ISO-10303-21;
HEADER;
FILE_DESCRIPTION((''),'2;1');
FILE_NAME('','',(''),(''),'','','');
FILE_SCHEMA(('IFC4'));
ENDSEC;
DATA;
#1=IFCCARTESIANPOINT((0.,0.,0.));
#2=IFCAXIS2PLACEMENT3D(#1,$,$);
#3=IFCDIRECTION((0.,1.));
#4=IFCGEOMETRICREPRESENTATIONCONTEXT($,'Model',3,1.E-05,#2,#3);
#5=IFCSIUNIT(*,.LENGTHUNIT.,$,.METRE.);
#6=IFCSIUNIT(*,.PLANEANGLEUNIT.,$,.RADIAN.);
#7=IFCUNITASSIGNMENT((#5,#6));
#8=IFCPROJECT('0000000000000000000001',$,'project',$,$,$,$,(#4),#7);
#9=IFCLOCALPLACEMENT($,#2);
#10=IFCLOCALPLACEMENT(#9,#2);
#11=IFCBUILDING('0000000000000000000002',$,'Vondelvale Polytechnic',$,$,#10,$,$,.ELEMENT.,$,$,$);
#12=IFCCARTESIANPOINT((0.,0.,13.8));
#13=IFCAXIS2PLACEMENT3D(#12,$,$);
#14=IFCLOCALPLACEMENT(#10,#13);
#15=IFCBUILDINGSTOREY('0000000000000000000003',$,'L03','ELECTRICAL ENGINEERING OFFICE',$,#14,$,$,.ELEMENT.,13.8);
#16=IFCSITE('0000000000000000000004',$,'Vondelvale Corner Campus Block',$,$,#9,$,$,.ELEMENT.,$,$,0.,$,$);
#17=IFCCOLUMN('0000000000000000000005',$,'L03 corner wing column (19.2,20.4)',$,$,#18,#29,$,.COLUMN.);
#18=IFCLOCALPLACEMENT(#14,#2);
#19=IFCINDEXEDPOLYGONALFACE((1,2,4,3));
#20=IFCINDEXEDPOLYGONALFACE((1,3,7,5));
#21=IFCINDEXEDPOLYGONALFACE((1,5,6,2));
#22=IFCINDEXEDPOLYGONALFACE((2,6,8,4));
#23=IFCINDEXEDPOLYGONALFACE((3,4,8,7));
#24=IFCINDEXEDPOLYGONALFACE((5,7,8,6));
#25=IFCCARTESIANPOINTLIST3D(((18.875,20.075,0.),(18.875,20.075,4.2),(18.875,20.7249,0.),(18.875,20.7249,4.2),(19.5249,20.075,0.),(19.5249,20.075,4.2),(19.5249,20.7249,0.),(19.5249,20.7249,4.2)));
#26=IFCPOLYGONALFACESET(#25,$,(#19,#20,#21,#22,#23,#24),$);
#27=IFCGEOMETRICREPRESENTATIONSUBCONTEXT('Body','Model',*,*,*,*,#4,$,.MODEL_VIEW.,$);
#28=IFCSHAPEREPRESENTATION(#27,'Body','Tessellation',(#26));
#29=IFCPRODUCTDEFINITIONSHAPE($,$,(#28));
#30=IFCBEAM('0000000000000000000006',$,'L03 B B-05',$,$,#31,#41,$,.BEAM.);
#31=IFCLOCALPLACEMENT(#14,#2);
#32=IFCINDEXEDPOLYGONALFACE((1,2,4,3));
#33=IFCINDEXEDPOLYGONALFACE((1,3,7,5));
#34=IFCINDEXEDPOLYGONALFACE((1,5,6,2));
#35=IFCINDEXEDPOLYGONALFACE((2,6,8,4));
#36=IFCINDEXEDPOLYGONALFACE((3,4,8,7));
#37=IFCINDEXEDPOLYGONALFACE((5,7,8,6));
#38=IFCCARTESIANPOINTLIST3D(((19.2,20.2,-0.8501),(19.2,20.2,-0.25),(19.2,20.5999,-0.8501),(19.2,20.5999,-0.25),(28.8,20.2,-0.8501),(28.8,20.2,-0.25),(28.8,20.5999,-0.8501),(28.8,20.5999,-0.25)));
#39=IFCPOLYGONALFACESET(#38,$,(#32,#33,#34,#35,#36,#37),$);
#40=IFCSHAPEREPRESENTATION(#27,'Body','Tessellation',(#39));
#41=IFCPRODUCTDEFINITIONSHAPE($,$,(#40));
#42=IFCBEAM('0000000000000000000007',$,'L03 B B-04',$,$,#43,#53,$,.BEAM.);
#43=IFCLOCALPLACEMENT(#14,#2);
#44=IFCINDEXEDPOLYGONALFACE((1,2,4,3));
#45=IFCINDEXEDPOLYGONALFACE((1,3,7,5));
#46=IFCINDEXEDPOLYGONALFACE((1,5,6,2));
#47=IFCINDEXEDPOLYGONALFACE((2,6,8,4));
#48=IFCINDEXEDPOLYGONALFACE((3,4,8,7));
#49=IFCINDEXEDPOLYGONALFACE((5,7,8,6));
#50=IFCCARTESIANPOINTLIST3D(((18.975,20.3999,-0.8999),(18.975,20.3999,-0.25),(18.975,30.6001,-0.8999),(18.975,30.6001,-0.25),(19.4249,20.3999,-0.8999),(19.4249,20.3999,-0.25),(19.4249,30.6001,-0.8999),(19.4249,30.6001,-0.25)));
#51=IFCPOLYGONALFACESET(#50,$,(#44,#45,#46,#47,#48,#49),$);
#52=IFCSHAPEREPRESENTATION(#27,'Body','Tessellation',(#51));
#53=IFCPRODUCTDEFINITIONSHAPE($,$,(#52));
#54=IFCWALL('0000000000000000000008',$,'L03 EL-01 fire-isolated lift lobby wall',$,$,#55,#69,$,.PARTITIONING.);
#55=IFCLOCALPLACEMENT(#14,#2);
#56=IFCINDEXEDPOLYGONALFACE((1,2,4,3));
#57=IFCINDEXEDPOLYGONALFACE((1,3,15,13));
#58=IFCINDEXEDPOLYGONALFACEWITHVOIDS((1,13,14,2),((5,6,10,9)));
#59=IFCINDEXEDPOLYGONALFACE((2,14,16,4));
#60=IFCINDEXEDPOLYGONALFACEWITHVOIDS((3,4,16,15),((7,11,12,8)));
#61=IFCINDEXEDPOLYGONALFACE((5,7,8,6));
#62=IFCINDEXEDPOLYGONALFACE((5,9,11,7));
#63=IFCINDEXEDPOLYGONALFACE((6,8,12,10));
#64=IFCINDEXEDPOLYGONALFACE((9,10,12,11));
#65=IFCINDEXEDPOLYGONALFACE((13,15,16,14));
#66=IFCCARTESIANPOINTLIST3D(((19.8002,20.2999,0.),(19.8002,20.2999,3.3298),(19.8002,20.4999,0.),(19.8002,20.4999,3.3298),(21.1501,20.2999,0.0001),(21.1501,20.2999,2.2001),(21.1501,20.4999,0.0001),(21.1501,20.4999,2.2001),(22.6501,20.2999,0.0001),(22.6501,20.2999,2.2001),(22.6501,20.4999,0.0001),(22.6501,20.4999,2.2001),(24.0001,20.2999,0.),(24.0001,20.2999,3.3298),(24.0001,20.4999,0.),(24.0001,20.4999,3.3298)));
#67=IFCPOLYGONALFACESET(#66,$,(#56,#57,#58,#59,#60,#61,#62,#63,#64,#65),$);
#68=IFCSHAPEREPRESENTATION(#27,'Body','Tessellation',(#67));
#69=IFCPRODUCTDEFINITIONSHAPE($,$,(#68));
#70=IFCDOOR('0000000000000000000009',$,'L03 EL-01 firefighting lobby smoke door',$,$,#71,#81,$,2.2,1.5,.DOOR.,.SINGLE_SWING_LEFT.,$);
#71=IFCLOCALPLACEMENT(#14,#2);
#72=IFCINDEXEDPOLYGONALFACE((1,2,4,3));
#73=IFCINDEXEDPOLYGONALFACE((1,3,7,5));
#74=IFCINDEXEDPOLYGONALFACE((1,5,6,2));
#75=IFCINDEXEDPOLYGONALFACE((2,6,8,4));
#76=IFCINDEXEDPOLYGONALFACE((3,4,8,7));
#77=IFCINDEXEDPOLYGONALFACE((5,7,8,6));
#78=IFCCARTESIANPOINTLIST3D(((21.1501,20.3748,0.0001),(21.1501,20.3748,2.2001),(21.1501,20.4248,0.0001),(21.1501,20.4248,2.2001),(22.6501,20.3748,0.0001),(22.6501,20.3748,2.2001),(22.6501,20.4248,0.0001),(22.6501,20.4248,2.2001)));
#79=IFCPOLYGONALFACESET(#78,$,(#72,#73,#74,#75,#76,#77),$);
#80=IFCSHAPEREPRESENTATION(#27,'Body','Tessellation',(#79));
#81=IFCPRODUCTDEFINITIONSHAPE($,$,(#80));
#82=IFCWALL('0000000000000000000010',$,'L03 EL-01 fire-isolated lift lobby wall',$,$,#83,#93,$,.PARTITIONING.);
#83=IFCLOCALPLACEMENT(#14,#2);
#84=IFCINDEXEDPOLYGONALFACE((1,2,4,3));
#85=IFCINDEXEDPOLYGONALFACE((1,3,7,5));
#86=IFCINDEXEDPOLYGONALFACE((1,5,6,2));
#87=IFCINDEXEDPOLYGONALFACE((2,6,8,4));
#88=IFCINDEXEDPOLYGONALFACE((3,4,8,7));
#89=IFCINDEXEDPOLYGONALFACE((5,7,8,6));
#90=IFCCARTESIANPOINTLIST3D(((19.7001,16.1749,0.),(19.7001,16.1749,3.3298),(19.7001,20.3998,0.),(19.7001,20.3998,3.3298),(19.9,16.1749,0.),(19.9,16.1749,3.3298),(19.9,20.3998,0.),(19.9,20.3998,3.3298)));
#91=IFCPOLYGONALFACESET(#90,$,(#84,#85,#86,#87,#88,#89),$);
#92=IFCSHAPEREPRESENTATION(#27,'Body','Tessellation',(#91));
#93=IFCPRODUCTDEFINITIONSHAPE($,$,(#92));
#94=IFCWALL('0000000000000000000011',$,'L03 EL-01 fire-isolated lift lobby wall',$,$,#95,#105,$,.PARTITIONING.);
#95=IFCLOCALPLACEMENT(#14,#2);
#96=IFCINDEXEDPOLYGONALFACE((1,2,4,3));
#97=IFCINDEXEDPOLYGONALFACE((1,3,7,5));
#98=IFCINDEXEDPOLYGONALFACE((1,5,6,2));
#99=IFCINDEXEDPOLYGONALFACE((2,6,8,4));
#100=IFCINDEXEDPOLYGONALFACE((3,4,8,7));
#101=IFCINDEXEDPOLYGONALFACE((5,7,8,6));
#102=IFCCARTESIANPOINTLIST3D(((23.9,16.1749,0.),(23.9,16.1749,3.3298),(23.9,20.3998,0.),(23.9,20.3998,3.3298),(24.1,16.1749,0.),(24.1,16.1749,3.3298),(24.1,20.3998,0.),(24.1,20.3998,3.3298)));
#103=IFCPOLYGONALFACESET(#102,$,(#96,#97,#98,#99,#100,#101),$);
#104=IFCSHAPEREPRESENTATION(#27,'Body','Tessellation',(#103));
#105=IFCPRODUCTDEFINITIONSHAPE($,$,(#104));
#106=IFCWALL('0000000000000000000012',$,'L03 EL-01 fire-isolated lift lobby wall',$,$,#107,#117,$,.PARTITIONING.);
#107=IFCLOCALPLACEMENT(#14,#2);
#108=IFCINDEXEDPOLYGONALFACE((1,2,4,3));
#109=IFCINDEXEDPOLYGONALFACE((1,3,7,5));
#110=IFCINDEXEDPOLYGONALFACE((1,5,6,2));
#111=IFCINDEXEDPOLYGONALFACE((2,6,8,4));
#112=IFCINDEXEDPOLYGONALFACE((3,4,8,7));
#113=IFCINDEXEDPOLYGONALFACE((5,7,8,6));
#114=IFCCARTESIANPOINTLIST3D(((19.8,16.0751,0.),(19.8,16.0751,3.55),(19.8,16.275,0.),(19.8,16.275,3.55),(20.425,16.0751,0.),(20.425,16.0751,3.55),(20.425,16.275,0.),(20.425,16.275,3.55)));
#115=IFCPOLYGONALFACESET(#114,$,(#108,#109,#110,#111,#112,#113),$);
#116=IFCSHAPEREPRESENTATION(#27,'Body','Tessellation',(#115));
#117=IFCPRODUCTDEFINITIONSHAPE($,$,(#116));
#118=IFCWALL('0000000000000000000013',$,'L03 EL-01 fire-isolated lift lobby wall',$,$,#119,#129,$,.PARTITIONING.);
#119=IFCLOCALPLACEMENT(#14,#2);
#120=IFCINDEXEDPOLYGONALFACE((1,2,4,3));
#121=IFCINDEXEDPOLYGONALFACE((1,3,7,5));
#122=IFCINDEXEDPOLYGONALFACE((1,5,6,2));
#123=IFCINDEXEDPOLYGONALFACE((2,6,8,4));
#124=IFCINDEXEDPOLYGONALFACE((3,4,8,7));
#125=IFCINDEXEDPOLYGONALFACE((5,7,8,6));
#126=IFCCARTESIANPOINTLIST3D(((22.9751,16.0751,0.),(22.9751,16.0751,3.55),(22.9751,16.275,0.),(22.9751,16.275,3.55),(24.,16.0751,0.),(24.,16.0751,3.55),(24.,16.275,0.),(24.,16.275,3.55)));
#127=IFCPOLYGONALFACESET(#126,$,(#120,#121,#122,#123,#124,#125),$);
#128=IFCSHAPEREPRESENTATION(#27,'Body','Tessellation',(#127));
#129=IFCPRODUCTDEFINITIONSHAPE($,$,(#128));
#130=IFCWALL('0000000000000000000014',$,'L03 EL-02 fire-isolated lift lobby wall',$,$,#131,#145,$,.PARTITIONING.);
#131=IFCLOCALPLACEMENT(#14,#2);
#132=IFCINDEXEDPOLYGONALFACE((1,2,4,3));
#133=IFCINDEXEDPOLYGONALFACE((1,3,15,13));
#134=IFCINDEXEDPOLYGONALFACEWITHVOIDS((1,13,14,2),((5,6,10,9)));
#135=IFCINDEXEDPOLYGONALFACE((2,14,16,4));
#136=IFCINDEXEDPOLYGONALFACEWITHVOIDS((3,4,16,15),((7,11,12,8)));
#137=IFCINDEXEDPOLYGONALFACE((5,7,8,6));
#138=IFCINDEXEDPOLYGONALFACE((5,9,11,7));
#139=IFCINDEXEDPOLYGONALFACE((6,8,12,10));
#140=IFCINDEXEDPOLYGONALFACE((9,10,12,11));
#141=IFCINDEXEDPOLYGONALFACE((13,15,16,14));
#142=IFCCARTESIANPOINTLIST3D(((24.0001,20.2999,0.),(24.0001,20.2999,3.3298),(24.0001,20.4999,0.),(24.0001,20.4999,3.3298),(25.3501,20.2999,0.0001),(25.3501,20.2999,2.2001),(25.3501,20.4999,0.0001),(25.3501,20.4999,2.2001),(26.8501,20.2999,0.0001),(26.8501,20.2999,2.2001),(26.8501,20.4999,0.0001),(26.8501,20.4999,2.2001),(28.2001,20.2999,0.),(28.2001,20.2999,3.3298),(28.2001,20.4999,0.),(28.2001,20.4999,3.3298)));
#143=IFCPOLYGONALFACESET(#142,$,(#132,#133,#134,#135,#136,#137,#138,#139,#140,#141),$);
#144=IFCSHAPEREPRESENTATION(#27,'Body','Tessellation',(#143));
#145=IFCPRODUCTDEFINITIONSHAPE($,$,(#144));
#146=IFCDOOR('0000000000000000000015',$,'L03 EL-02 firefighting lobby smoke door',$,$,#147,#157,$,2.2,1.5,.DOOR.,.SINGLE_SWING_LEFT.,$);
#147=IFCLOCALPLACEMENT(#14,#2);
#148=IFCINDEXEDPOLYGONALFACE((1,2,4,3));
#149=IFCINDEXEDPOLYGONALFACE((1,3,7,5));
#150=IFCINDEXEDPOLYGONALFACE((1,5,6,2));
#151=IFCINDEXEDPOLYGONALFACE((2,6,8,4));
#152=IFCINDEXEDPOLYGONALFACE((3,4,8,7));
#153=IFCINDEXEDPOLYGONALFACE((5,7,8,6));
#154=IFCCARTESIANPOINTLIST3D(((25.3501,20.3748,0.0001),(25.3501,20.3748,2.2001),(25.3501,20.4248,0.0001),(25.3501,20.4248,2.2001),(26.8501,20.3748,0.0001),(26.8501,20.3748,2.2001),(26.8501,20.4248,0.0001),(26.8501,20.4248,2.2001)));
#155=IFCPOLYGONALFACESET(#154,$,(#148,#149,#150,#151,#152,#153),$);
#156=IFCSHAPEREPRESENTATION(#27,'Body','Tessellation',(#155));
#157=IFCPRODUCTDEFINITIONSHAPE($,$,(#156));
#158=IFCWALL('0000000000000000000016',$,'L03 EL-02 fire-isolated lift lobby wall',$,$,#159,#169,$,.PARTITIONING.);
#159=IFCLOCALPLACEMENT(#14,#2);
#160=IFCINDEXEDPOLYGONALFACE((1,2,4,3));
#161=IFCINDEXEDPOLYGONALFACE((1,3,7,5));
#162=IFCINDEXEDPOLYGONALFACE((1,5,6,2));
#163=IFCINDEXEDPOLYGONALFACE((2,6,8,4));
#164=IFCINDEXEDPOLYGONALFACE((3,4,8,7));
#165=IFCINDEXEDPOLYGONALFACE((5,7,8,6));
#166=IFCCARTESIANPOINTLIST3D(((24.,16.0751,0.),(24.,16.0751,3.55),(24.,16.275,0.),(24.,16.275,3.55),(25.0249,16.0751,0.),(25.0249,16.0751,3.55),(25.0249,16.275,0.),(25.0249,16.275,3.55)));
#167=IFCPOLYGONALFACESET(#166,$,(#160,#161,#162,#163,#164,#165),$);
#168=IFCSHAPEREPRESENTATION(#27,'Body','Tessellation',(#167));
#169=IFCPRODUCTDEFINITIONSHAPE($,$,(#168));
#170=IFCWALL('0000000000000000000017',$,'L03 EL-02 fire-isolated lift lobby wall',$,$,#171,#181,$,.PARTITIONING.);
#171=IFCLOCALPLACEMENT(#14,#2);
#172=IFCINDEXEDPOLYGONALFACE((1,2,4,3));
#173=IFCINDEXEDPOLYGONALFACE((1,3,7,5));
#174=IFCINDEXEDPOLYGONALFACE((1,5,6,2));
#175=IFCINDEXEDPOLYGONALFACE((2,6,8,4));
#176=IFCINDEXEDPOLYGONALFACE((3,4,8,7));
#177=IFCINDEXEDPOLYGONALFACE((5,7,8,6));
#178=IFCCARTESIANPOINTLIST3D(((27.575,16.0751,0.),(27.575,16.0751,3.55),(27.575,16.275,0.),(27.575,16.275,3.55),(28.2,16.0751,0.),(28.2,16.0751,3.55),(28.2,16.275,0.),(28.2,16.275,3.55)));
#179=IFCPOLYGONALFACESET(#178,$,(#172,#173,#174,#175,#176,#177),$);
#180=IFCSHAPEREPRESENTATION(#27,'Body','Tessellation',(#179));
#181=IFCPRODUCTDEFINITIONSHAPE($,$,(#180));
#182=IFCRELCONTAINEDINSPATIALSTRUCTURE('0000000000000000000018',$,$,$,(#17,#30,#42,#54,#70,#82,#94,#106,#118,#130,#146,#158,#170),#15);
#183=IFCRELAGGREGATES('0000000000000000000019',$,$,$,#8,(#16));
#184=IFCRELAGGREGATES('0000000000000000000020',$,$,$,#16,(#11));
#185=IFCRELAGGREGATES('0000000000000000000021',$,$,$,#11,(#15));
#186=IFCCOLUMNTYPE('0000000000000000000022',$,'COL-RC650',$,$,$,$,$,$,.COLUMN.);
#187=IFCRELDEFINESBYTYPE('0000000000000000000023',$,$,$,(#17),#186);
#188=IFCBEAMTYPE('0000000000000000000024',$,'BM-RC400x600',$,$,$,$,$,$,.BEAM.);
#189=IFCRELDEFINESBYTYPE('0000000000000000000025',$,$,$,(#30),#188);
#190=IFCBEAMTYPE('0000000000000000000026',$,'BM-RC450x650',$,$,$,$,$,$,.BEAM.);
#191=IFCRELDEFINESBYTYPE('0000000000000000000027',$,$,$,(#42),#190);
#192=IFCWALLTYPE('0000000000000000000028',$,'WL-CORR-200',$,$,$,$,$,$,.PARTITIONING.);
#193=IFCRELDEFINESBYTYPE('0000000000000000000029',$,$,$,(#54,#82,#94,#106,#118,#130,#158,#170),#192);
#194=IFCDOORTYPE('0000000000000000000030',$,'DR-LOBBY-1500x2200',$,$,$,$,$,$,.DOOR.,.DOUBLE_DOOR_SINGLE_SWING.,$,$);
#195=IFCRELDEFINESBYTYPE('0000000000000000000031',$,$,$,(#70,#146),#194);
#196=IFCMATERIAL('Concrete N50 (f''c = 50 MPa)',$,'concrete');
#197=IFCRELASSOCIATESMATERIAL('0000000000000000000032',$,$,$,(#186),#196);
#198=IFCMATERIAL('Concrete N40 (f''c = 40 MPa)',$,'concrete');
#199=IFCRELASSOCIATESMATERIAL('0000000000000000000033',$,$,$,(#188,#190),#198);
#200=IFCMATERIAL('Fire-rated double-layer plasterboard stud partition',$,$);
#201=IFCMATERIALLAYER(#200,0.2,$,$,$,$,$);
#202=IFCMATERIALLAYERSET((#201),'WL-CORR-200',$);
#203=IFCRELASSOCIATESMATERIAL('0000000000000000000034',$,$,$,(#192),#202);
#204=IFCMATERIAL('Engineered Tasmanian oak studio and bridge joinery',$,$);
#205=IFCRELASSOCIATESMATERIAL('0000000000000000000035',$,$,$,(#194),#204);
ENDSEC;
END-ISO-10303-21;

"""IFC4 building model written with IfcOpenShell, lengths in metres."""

from ifc_helpers import new_model, si_unit, direction, frame, frame_2d, origin, origin_2d, place, context, subcontext, project, spatial, rectangle, extrude, material, layer, layer_set, material_profile, profile_set, type_object, element, fill, save


model = new_model("IFC4")

# Units and contexts
model_context = context("Model", 3, precision=1e-05, world=origin(), true_north=direction((0.0, 1.0)))
body_context = subcontext(model_context, "Body", "Model", "MODEL_VIEW")
ifc_project = project(units=[si_unit("LENGTHUNIT", "METRE"), si_unit("PLANEANGLEUNIT", "RADIAN")], contexts=[model_context])

# Site, building, storey
site_placement = place(None, origin())
site = spatial("IfcSite", under=ifc_project, at=site_placement, Name="Vondelvale Corner Campus Block", CompositionType="ELEMENT", RefElevation=0.0)
building_placement = place(site_placement, origin())
building = spatial("IfcBuilding", under=site, at=building_placement, Name="Vondelvale Polytechnic", CompositionType="ELEMENT")
storey_placement = place(building_placement, frame((0.0, 0.0, 13.8)))
storey = spatial("IfcBuildingStorey", under=building, at=storey_placement, Name="L03", Description="ELECTRICAL ENGINEERING OFFICE", CompositionType="ELEMENT", Elevation=13.8)

# Column
ifc_material_1 = material(Name="Concrete N50 (f'c = 50 MPa)", Category="concrete")
ifc_material_profile_1 = material_profile(ifc_material_1, rectangle(XDim=0.6499, YDim=0.6499, at=origin_2d()), Name="RC-COL-650x650")
ifc_profile_set_1 = profile_set([ifc_material_profile_1], Name="Concrete N50 (f'c = 50 MPa)")
column_type = type_object("IfcColumnType", Name="COL-RC650", PredefinedType="COLUMN", material=ifc_profile_set_1)
column_placement = place(storey_placement, frame((19.2, 20.3999, 0.0), z_axis=(0.0, 0.0, 1.0), x_axis=(1.0, 0.0, 0.0)))
element("IfcColumn", 1, at=column_placement, inside=storey, type_object=column_type, Name="L03 corner wing column (19.2,20.4)", PredefinedType="COLUMN", context=body_context, shape_type="SweptSolid", body=[
    extrude(rectangle(XDim=0.6499, YDim=0.6499, at=origin_2d()), origin(), (0.0, 0.0, 1.0), 4.2),
])

# Beams
ifc_material_2 = material(Name="Concrete N40 (f'c = 40 MPa)", Category="concrete")
ifc_material_profile_2 = material_profile(ifc_material_2, rectangle(XDim=0.3999, YDim=0.6001, at=origin_2d()), Name="RC-BM-400x600")
ifc_profile_set_2 = profile_set([ifc_material_profile_2], Name="Concrete N40 (f'c = 40 MPa)")
beam_type_1 = type_object("IfcBeamType", Name="BM-RC400x600", PredefinedType="BEAM", material=ifc_profile_set_2)
beam_1_placement = place(storey_placement, frame((19.2, 20.3999, -0.55), z_axis=(1.0, 0.0, 0.0), x_axis=(0.0, 1.0, 0.0)))
element("IfcBeam", 2, at=beam_1_placement, inside=storey, type_object=beam_type_1, Name="L03 B B-05", PredefinedType="BEAM", context=body_context, shape_type="SweptSolid", body=[
    extrude(rectangle(XDim=0.3999, YDim=0.6001, at=origin_2d()), origin(), (0.0, 0.0, 1.0), 9.6001),
])
ifc_material_profile_3 = material_profile(ifc_material_2, rectangle(XDim=0.45, YDim=0.6499, at=origin_2d()), Name="RC-BM-450x650")
ifc_profile_set_3 = profile_set([ifc_material_profile_3], Name="Concrete N40 (f'c = 40 MPa)")
beam_type_2 = type_object("IfcBeamType", Name="BM-RC450x650", PredefinedType="BEAM", material=ifc_profile_set_3)
beam_2_placement = place(storey_placement, frame((19.2, 20.3999, -0.575), z_axis=(0.0, 1.0, 0.0), x_axis=(-1.0, 0.0, 0.0)))
element("IfcBeam", 3, at=beam_2_placement, inside=storey, type_object=beam_type_2, Name="L03 B B-04", PredefinedType="BEAM", context=body_context, shape_type="SweptSolid", body=[
    extrude(rectangle(XDim=0.45, YDim=0.6499, at=origin_2d()), origin(), (0.0, 0.0, 1.0), 10.2002),
])

# Wall, opening, door
ifc_material_3 = material(Name="Fire-rated double-layer plasterboard stud partition")
ifc_layer_1 = layer(ifc_material_3, 0.2)
ifc_layer_set_1 = layer_set([ifc_layer_1], Name="WL-CORR-200")
wall_type_1 = type_object("IfcWallType", Name="WL-CORR-200", PredefinedType="PARTITIONING", material=ifc_layer_set_1)
wall_1_placement = place(storey_placement, frame((19.8, 20.3999, 0.0), z_axis=(0.0, 0.0, 1.0), x_axis=(1.0, 0.0, 0.0)))
wall_1 = element("IfcWall", 4, at=wall_1_placement, inside=storey, type_object=wall_type_1, Name="L03 EL-01 fire-isolated lift lobby wall", PredefinedType="PARTITIONING", context=body_context, shape_type="SweptSolid", body=[
    extrude(rectangle(XDim=4.2, YDim=0.2, at=frame_2d((2.1001, 0.0))), origin(), (0.0, 0.0, 1.0), 3.3298),
])
opening_1_placement = place(wall_1_placement, frame((1.3501, 0.0, 0.0)))
opening_1 = element("IfcOpeningElement", 5, at=opening_1_placement, cuts=wall_1, PredefinedType="OPENING", context=body_context, shape_type="SweptSolid", body=[
    extrude(rectangle(XDim=1.5, YDim=2.2, at=frame_2d((0.75, 1.1001))), frame((0.0, 0.1099, 0.0), z_axis=(0.0, -1.0, 0.0), x_axis=(1.0, 0.0, 0.0)), (0.0, 0.0, 1.0), 0.22),
])
ifc_material_4 = material(Name="Engineered Tasmanian oak studio and bridge joinery")
door_type_1 = type_object("IfcDoorType", Name="DR-LOBBY-1500x2200", OperationType="DOUBLE_DOOR_SINGLE_SWING", PredefinedType="DOOR", material=ifc_material_4)
door_1_placement = place(opening_1_placement, origin())
door_1 = element("IfcDoor", 6, at=door_1_placement, inside=storey, type_object=door_type_1, Name="L03 EL-01 firefighting lobby smoke door", OperationType="SINGLE_SWING_LEFT", OverallHeight=2.2, OverallWidth=1.5, PredefinedType="DOOR", context=body_context, shape_type="SweptSolid", body=[
    extrude(rectangle(XDim=1.5, YDim=2.2, at=frame_2d((0.75, 1.1001))), frame((0.0, 0.0249, 0.0), z_axis=(0.0, -1.0, 0.0), x_axis=(1.0, 0.0, 0.0)), (0.0, 0.0, 1.0), 0.05),
])
fill(opening_1, door_1)

# Walls
for number, where, z_axis, x_axis, name in (
    (7, (19.8, 16.175, 0.0), (0.0, 0.0, 1.0), (0.0, 1.0, 0.0), "L03 EL-01 fire-isolated lift lobby wall"),
    (8, (24.0, 16.175, 0.0), (0.0, 0.0, 1.0), (0.0, 1.0, 0.0), "L03 EL-01 fire-isolated lift lobby wall"),
):
    element("IfcWall", number, at=place(storey_placement, frame(where, z_axis=z_axis, x_axis=x_axis)), inside=storey, type_object=wall_type_1, Name=name, PredefinedType="PARTITIONING", context=body_context, shape_type="SweptSolid", body=[
        extrude(rectangle(XDim=4.2249, YDim=0.2, at=frame_2d((2.1123, 0.0))), origin(), (0.0, 0.0, 1.0), 3.3298),
    ])
wall_2_placement = place(storey_placement, frame((19.8, 16.175, 0.0), z_axis=(0.0, 0.0, 1.0), x_axis=(1.0, 0.0, 0.0)))
element("IfcWall", 9, at=wall_2_placement, inside=storey, type_object=wall_type_1, Name="L03 EL-01 fire-isolated lift lobby wall", PredefinedType="PARTITIONING", context=body_context, shape_type="SweptSolid", body=[
    extrude(rectangle(XDim=0.625, YDim=0.2, at=frame_2d((0.3125, 0.0))), origin(), (0.0, 0.0, 1.0), 3.55),
])
wall_3_placement = place(storey_placement, frame((22.9751, 16.175, 0.0), z_axis=(0.0, 0.0, 1.0), x_axis=(1.0, 0.0, 0.0)))
element("IfcWall", 10, at=wall_3_placement, inside=storey, type_object=wall_type_1, Name="L03 EL-01 fire-isolated lift lobby wall", PredefinedType="PARTITIONING", context=body_context, shape_type="SweptSolid", body=[
    extrude(rectangle(XDim=1.0249, YDim=0.2, at=frame_2d((0.5125, 0.0))), origin(), (0.0, 0.0, 1.0), 3.55),
])

# Wall, opening, door
wall_4_placement = place(storey_placement, frame((24.0, 20.3999, 0.0), z_axis=(0.0, 0.0, 1.0), x_axis=(1.0, 0.0, 0.0)))
wall_4 = element("IfcWall", 11, at=wall_4_placement, inside=storey, type_object=wall_type_1, Name="L03 EL-02 fire-isolated lift lobby wall", PredefinedType="PARTITIONING", context=body_context, shape_type="SweptSolid", body=[
    extrude(rectangle(XDim=4.2, YDim=0.2, at=frame_2d((2.1001, 0.0))), origin(), (0.0, 0.0, 1.0), 3.3298),
])
opening_2_placement = place(wall_4_placement, frame((1.3501, 0.0, 0.0)))
opening_2 = element("IfcOpeningElement", 12, at=opening_2_placement, cuts=wall_4, PredefinedType="OPENING", context=body_context, shape_type="SweptSolid", body=[
    extrude(rectangle(XDim=1.5, YDim=2.2, at=frame_2d((0.75, 1.1001))), frame((0.0, 0.1099, 0.0), z_axis=(0.0, -1.0, 0.0), x_axis=(1.0, 0.0, 0.0)), (0.0, 0.0, 1.0), 0.22),
])
door_2_placement = place(opening_2_placement, origin())
door_2 = element("IfcDoor", 13, at=door_2_placement, inside=storey, type_object=door_type_1, Name="L03 EL-02 firefighting lobby smoke door", OperationType="SINGLE_SWING_LEFT", OverallHeight=2.2, OverallWidth=1.5, PredefinedType="DOOR", context=body_context, shape_type="SweptSolid", body=[
    extrude(rectangle(XDim=1.5, YDim=2.2, at=frame_2d((0.75, 1.1001))), frame((0.0, 0.0249, 0.0), z_axis=(0.0, -1.0, 0.0), x_axis=(1.0, 0.0, 0.0)), (0.0, 0.0, 1.0), 0.05),
])
fill(opening_2, door_2)

# Walls
wall_5_placement = place(storey_placement, frame((24.0, 16.175, 0.0), z_axis=(0.0, 0.0, 1.0), x_axis=(1.0, 0.0, 0.0)))
element("IfcWall", 14, at=wall_5_placement, inside=storey, type_object=wall_type_1, Name="L03 EL-02 fire-isolated lift lobby wall", PredefinedType="PARTITIONING", context=body_context, shape_type="SweptSolid", body=[
    extrude(rectangle(XDim=1.0249, YDim=0.2, at=frame_2d((0.5125, 0.0))), origin(), (0.0, 0.0, 1.0), 3.55),
])
wall_6_placement = place(storey_placement, frame((27.575, 16.175, 0.0), z_axis=(0.0, 0.0, 1.0), x_axis=(1.0, 0.0, 0.0)))
element("IfcWall", 15, at=wall_6_placement, inside=storey, type_object=wall_type_1, Name="L03 EL-02 fire-isolated lift lobby wall", PredefinedType="PARTITIONING", context=body_context, shape_type="SweptSolid", body=[
    extrude(rectangle(XDim=0.625, YDim=0.2, at=frame_2d((0.3125, 0.0))), origin(), (0.0, 0.0, 1.0), 3.55),
])

save(model, "model.ifc")
